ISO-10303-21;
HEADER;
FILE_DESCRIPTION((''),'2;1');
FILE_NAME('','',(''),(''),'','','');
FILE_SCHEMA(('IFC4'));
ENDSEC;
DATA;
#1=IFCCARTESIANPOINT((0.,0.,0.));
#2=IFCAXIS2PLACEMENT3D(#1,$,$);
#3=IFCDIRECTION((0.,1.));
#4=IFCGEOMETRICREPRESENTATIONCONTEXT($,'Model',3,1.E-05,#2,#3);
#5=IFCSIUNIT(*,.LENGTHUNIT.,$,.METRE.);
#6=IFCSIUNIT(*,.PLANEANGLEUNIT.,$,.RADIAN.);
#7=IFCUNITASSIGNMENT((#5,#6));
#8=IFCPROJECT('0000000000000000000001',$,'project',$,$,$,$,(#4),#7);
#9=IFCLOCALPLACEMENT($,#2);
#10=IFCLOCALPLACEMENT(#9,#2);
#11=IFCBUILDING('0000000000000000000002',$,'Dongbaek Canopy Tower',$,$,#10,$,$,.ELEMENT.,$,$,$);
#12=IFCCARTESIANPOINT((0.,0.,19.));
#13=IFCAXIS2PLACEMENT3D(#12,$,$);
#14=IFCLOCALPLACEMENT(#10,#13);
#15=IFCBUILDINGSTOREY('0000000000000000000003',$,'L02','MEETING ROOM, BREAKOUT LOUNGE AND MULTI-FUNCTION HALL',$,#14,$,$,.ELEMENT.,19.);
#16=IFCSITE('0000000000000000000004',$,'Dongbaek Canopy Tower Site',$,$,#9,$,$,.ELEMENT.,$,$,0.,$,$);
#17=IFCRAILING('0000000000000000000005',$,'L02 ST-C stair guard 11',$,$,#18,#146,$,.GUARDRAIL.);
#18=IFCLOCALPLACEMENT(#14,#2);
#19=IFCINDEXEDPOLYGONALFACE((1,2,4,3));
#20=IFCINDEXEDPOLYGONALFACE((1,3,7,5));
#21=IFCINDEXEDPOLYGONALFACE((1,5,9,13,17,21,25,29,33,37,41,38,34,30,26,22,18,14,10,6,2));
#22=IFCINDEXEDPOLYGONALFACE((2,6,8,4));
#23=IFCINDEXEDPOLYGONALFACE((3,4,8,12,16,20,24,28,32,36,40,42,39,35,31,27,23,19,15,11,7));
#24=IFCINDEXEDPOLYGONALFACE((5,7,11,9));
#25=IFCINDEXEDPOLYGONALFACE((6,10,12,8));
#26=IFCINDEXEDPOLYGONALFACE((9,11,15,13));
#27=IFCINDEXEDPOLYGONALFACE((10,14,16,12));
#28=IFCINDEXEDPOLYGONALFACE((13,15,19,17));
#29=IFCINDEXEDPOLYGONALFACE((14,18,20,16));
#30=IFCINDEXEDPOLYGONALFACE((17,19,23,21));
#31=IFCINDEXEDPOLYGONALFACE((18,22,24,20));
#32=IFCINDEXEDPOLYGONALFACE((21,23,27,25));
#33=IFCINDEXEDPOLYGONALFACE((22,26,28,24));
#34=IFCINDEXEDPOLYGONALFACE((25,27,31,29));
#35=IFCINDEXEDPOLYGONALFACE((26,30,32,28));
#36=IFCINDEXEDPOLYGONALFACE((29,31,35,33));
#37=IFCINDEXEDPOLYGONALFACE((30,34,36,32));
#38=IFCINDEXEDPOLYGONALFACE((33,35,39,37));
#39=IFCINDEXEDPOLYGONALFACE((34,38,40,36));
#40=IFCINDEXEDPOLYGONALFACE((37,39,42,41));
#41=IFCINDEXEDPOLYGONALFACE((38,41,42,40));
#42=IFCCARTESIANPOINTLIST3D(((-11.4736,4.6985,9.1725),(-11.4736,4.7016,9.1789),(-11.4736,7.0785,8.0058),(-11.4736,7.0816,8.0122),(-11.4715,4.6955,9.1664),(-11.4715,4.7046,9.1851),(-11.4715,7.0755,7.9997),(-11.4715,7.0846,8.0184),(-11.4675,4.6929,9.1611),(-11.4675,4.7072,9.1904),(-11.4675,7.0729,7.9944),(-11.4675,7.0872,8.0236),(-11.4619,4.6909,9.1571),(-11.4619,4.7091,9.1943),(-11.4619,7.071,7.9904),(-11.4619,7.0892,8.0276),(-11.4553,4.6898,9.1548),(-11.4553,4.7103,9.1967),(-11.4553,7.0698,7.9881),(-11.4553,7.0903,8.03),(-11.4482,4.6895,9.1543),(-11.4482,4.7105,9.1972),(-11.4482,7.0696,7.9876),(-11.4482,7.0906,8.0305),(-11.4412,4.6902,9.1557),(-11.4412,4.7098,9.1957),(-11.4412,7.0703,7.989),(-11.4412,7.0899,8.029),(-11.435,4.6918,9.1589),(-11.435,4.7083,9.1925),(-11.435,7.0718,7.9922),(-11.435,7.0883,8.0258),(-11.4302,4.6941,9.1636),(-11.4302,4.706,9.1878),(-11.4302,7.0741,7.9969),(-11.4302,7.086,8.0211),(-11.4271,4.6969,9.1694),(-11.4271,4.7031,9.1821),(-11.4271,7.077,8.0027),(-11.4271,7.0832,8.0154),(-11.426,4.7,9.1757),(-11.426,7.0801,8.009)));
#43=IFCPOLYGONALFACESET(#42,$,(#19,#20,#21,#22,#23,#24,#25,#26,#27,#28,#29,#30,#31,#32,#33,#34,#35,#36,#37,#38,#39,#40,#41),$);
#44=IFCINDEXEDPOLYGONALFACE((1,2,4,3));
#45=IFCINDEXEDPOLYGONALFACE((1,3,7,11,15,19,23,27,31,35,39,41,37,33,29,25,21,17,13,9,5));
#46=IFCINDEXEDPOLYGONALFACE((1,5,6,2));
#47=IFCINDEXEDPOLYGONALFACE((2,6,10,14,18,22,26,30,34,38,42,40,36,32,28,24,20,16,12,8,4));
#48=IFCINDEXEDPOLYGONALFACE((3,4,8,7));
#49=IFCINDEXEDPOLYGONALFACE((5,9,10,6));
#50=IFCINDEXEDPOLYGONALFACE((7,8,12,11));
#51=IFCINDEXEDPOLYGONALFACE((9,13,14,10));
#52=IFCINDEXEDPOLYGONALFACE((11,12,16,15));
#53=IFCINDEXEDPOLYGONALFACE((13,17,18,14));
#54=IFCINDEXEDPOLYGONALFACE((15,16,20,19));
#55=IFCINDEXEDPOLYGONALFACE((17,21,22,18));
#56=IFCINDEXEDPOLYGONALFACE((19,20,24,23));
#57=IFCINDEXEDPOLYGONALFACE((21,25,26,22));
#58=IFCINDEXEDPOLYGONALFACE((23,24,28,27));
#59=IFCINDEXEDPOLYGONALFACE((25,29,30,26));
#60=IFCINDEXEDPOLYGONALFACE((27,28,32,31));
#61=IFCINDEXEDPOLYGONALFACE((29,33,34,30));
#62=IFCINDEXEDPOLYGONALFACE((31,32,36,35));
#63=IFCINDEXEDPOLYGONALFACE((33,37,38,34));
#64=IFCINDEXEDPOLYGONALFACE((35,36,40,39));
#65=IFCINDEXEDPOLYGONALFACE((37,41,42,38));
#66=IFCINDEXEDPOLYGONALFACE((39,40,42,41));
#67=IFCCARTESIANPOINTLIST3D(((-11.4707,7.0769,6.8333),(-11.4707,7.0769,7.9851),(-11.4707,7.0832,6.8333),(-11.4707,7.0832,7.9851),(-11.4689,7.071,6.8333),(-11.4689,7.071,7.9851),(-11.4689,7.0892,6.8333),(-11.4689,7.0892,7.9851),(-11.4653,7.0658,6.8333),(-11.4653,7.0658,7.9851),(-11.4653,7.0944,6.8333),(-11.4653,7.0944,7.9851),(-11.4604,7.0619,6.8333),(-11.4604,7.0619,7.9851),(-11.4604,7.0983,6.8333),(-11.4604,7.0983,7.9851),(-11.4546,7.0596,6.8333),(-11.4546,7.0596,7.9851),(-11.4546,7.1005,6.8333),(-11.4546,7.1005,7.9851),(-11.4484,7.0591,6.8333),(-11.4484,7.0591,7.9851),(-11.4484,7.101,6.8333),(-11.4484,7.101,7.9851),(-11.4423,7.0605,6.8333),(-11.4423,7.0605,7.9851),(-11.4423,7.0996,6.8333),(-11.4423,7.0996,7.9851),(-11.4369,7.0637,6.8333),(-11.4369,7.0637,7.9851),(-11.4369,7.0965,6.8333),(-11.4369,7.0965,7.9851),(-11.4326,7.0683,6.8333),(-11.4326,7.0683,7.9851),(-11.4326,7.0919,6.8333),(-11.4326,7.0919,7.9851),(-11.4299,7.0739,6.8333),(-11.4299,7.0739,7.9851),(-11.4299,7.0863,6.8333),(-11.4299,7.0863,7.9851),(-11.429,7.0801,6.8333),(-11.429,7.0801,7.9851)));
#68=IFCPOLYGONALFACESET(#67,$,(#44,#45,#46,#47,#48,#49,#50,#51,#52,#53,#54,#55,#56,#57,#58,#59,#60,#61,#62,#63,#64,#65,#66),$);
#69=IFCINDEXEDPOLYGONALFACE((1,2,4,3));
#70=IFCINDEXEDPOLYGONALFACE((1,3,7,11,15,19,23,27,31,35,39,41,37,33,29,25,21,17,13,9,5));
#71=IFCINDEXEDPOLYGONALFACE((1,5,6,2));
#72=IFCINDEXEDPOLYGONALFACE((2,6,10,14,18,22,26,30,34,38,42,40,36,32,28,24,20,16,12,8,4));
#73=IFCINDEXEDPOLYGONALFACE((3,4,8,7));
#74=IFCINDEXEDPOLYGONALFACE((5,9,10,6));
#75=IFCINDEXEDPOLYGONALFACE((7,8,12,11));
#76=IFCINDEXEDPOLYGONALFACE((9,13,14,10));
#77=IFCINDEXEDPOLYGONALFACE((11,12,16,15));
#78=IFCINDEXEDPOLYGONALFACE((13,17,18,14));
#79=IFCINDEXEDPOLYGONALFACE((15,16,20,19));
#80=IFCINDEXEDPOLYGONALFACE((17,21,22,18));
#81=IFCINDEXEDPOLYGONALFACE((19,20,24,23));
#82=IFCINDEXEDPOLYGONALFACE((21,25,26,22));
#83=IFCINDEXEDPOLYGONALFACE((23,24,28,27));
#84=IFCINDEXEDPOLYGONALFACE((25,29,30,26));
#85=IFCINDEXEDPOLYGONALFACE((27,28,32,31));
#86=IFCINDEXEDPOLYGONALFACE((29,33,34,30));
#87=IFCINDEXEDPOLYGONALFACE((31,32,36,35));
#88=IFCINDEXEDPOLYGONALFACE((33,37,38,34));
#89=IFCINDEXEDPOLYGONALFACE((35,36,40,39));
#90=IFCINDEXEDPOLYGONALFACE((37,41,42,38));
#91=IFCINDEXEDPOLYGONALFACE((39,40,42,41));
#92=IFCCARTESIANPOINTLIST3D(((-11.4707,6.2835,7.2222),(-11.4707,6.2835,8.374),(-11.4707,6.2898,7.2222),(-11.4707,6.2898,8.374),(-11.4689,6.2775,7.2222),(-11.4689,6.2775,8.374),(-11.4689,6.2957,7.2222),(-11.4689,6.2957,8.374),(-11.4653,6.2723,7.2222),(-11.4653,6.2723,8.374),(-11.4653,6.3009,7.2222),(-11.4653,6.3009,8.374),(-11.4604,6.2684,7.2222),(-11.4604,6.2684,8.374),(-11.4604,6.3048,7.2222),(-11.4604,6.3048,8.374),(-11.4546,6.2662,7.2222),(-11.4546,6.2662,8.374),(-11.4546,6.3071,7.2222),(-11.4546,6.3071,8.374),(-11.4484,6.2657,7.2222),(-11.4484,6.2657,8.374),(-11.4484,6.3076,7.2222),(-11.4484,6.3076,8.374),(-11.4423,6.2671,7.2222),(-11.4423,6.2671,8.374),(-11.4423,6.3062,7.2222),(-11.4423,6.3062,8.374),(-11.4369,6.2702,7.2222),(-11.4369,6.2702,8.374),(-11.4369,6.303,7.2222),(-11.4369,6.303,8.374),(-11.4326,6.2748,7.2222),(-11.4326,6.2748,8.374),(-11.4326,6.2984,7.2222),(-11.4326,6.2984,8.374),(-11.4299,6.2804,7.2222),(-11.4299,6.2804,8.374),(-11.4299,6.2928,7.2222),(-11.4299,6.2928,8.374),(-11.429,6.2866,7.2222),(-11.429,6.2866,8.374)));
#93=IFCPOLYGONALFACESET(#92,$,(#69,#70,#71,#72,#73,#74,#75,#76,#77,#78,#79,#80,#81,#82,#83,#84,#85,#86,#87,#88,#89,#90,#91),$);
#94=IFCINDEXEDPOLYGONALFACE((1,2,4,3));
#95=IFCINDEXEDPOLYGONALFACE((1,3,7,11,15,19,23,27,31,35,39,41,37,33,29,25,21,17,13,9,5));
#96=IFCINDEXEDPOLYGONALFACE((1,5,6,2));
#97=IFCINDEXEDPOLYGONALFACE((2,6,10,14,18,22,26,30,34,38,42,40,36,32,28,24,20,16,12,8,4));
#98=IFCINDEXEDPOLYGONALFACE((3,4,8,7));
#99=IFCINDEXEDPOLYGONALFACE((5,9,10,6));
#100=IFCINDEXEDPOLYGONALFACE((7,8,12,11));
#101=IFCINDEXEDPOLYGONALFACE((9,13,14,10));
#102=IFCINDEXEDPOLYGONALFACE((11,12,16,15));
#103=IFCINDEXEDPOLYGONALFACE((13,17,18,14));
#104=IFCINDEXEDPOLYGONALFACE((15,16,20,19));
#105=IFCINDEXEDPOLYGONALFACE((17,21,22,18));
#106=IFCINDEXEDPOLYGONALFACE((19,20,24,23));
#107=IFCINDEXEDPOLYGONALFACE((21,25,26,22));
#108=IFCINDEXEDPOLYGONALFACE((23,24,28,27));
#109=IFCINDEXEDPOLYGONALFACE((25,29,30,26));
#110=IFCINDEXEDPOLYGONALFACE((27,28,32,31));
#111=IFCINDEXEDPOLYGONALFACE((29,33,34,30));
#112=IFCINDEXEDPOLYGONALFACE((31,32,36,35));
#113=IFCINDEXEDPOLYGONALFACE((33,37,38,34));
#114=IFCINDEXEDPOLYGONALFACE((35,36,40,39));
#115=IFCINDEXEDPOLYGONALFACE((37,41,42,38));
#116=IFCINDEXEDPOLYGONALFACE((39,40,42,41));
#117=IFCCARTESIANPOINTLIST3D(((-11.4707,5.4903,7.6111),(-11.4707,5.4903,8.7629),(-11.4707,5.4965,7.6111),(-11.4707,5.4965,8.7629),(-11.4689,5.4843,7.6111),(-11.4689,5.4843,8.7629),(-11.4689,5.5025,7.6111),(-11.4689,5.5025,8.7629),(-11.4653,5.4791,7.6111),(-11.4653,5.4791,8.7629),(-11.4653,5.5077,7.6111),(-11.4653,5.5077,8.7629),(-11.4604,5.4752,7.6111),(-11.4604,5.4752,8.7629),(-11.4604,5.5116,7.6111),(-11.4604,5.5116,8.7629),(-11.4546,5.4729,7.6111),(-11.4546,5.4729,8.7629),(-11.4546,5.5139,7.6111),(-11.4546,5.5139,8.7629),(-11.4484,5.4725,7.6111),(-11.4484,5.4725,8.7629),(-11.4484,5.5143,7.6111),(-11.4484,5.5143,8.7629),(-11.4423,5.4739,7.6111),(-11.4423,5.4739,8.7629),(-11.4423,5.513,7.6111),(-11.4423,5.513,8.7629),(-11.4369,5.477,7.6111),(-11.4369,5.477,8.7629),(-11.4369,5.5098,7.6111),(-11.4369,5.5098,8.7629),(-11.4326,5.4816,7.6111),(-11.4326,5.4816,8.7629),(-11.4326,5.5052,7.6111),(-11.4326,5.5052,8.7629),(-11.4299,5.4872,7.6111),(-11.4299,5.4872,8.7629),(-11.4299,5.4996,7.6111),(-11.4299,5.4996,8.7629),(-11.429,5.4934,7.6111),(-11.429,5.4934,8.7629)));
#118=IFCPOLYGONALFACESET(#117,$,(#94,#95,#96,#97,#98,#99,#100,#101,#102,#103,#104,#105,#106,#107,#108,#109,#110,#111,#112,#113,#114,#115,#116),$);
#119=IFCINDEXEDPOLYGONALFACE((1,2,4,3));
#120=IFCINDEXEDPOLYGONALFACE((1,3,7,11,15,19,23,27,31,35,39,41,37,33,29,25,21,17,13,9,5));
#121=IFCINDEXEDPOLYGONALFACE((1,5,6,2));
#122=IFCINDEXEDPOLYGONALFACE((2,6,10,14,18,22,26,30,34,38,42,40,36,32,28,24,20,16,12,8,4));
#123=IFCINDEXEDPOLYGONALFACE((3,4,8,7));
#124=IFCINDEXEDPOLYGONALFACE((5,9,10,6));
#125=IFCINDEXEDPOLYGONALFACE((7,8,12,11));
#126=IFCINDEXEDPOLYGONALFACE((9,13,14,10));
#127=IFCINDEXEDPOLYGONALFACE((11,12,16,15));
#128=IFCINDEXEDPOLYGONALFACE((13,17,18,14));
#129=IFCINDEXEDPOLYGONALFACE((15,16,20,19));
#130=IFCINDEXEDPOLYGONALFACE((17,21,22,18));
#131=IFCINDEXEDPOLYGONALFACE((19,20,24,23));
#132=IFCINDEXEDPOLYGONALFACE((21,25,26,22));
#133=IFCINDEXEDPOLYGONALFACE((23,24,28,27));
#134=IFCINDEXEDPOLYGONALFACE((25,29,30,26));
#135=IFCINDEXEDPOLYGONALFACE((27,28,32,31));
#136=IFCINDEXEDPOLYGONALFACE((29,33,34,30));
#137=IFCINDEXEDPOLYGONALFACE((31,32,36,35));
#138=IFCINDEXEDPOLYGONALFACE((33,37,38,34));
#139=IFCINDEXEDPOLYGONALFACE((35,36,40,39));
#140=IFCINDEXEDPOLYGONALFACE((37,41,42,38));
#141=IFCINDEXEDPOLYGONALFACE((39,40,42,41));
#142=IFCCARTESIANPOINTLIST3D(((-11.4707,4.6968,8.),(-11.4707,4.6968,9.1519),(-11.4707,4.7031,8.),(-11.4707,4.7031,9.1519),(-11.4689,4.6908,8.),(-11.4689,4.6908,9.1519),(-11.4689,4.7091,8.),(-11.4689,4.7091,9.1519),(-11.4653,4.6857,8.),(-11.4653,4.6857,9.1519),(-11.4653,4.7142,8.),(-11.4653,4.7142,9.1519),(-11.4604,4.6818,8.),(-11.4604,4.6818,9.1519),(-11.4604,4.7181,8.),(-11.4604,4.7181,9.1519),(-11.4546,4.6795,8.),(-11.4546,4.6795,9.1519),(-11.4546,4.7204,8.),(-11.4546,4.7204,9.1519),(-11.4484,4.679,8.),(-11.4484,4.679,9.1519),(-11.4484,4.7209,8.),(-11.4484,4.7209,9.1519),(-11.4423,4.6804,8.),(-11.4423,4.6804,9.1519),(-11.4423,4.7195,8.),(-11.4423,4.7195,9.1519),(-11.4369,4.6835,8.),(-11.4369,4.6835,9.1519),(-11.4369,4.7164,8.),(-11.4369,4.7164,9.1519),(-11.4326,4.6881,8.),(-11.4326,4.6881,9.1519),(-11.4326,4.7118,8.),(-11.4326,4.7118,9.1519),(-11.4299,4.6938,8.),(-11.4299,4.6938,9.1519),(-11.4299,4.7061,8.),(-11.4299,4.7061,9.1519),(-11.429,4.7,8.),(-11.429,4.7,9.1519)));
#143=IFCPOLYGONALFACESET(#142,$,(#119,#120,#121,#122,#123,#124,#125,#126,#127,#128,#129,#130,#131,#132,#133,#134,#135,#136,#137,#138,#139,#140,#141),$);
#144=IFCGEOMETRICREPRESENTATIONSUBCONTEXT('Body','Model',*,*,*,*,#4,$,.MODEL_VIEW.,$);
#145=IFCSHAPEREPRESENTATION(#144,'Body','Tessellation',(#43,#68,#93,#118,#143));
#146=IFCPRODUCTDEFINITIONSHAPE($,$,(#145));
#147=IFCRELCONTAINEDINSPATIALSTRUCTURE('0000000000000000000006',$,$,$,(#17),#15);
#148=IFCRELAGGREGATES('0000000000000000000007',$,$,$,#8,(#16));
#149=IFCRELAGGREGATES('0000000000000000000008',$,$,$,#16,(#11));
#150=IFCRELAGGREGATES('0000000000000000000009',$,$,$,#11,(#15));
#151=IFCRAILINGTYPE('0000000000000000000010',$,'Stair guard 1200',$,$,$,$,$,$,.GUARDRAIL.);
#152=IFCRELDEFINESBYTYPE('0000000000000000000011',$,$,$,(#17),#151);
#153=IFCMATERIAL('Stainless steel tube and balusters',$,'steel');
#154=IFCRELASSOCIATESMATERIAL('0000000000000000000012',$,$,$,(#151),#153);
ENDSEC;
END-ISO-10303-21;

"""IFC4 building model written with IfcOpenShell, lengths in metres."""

from ifc_helpers import new_model, si_unit, direction, frame, origin, origin_2d, place, context, subcontext, project, spatial, circle, extrude, material, type_object, element, save


model = new_model("IFC4")

# Units and contexts
model_context = context("Model", 3, precision=1e-05, world=origin(), true_north=direction((0.0, 1.0)))
body_context = subcontext(model_context, "Body", "Model", "MODEL_VIEW")
ifc_project = project(units=[si_unit("LENGTHUNIT", "METRE"), si_unit("PLANEANGLEUNIT", "RADIAN")], contexts=[model_context])

# Site, building, storey
site_placement = place(None, origin())
site = spatial("IfcSite", under=ifc_project, at=site_placement, Name="Dongbaek Canopy Tower Site", CompositionType="ELEMENT", RefElevation=0.0)
building_placement = place(site_placement, origin())
building = spatial("IfcBuilding", under=site, at=building_placement, Name="Dongbaek Canopy Tower", CompositionType="ELEMENT")
storey_placement = place(building_placement, frame((0.0, 0.0, 19.0)))
storey = spatial("IfcBuildingStorey", under=building, at=storey_placement, Name="L02", Description="MEETING ROOM, BREAKOUT LOUNGE AND MULTI-FUNCTION HALL", CompositionType="ELEMENT", Elevation=19.0)

# Railing
ifc_material_1 = material(Name="Stainless steel tube and balusters", Category="steel")
railing_type_1 = type_object("IfcRailingType", Name="Stair guard 1200", PredefinedType="GUARDRAIL", material=ifc_material_1)
railing_1_placement = place(storey_placement, frame((-11.45, 7.0801, 6.8333)))
element("IfcRailing", 1, at=railing_1_placement, inside=storey, type_object=railing_type_1, Name="L02 ST-C stair guard 11", PredefinedType="GUARDRAIL", context=body_context, shape_type="SweptSolid", body=[
    extrude(circle(Radius=0.0239, at=origin_2d()), frame((0.0, 0.0, 1.1758), z_axis=(0.0, -0.897918, 0.440163), x_axis=(1.0, 0.0, 0.0)), (0.0, 0.0, 1.0), 2.6506),
    extrude(circle(Radius=0.021, at=origin_2d()), origin(), (0.0, 0.0, 1.0), 1.1519),
    extrude(circle(Radius=0.021, at=origin_2d()), frame((0.0, -0.7935, 0.3889)), (0.0, 0.0, 1.0), 1.1519),
    extrude(circle(Radius=0.021, at=origin_2d()), frame((0.0, -1.5867, 0.7778)), (0.0, 0.0, 1.0), 1.1519),
    extrude(circle(Radius=0.021, at=origin_2d()), frame((0.0, -2.3801, 1.1667)), (0.0, 0.0, 1.0), 1.1519),
])

save(model, "model.ifc")
